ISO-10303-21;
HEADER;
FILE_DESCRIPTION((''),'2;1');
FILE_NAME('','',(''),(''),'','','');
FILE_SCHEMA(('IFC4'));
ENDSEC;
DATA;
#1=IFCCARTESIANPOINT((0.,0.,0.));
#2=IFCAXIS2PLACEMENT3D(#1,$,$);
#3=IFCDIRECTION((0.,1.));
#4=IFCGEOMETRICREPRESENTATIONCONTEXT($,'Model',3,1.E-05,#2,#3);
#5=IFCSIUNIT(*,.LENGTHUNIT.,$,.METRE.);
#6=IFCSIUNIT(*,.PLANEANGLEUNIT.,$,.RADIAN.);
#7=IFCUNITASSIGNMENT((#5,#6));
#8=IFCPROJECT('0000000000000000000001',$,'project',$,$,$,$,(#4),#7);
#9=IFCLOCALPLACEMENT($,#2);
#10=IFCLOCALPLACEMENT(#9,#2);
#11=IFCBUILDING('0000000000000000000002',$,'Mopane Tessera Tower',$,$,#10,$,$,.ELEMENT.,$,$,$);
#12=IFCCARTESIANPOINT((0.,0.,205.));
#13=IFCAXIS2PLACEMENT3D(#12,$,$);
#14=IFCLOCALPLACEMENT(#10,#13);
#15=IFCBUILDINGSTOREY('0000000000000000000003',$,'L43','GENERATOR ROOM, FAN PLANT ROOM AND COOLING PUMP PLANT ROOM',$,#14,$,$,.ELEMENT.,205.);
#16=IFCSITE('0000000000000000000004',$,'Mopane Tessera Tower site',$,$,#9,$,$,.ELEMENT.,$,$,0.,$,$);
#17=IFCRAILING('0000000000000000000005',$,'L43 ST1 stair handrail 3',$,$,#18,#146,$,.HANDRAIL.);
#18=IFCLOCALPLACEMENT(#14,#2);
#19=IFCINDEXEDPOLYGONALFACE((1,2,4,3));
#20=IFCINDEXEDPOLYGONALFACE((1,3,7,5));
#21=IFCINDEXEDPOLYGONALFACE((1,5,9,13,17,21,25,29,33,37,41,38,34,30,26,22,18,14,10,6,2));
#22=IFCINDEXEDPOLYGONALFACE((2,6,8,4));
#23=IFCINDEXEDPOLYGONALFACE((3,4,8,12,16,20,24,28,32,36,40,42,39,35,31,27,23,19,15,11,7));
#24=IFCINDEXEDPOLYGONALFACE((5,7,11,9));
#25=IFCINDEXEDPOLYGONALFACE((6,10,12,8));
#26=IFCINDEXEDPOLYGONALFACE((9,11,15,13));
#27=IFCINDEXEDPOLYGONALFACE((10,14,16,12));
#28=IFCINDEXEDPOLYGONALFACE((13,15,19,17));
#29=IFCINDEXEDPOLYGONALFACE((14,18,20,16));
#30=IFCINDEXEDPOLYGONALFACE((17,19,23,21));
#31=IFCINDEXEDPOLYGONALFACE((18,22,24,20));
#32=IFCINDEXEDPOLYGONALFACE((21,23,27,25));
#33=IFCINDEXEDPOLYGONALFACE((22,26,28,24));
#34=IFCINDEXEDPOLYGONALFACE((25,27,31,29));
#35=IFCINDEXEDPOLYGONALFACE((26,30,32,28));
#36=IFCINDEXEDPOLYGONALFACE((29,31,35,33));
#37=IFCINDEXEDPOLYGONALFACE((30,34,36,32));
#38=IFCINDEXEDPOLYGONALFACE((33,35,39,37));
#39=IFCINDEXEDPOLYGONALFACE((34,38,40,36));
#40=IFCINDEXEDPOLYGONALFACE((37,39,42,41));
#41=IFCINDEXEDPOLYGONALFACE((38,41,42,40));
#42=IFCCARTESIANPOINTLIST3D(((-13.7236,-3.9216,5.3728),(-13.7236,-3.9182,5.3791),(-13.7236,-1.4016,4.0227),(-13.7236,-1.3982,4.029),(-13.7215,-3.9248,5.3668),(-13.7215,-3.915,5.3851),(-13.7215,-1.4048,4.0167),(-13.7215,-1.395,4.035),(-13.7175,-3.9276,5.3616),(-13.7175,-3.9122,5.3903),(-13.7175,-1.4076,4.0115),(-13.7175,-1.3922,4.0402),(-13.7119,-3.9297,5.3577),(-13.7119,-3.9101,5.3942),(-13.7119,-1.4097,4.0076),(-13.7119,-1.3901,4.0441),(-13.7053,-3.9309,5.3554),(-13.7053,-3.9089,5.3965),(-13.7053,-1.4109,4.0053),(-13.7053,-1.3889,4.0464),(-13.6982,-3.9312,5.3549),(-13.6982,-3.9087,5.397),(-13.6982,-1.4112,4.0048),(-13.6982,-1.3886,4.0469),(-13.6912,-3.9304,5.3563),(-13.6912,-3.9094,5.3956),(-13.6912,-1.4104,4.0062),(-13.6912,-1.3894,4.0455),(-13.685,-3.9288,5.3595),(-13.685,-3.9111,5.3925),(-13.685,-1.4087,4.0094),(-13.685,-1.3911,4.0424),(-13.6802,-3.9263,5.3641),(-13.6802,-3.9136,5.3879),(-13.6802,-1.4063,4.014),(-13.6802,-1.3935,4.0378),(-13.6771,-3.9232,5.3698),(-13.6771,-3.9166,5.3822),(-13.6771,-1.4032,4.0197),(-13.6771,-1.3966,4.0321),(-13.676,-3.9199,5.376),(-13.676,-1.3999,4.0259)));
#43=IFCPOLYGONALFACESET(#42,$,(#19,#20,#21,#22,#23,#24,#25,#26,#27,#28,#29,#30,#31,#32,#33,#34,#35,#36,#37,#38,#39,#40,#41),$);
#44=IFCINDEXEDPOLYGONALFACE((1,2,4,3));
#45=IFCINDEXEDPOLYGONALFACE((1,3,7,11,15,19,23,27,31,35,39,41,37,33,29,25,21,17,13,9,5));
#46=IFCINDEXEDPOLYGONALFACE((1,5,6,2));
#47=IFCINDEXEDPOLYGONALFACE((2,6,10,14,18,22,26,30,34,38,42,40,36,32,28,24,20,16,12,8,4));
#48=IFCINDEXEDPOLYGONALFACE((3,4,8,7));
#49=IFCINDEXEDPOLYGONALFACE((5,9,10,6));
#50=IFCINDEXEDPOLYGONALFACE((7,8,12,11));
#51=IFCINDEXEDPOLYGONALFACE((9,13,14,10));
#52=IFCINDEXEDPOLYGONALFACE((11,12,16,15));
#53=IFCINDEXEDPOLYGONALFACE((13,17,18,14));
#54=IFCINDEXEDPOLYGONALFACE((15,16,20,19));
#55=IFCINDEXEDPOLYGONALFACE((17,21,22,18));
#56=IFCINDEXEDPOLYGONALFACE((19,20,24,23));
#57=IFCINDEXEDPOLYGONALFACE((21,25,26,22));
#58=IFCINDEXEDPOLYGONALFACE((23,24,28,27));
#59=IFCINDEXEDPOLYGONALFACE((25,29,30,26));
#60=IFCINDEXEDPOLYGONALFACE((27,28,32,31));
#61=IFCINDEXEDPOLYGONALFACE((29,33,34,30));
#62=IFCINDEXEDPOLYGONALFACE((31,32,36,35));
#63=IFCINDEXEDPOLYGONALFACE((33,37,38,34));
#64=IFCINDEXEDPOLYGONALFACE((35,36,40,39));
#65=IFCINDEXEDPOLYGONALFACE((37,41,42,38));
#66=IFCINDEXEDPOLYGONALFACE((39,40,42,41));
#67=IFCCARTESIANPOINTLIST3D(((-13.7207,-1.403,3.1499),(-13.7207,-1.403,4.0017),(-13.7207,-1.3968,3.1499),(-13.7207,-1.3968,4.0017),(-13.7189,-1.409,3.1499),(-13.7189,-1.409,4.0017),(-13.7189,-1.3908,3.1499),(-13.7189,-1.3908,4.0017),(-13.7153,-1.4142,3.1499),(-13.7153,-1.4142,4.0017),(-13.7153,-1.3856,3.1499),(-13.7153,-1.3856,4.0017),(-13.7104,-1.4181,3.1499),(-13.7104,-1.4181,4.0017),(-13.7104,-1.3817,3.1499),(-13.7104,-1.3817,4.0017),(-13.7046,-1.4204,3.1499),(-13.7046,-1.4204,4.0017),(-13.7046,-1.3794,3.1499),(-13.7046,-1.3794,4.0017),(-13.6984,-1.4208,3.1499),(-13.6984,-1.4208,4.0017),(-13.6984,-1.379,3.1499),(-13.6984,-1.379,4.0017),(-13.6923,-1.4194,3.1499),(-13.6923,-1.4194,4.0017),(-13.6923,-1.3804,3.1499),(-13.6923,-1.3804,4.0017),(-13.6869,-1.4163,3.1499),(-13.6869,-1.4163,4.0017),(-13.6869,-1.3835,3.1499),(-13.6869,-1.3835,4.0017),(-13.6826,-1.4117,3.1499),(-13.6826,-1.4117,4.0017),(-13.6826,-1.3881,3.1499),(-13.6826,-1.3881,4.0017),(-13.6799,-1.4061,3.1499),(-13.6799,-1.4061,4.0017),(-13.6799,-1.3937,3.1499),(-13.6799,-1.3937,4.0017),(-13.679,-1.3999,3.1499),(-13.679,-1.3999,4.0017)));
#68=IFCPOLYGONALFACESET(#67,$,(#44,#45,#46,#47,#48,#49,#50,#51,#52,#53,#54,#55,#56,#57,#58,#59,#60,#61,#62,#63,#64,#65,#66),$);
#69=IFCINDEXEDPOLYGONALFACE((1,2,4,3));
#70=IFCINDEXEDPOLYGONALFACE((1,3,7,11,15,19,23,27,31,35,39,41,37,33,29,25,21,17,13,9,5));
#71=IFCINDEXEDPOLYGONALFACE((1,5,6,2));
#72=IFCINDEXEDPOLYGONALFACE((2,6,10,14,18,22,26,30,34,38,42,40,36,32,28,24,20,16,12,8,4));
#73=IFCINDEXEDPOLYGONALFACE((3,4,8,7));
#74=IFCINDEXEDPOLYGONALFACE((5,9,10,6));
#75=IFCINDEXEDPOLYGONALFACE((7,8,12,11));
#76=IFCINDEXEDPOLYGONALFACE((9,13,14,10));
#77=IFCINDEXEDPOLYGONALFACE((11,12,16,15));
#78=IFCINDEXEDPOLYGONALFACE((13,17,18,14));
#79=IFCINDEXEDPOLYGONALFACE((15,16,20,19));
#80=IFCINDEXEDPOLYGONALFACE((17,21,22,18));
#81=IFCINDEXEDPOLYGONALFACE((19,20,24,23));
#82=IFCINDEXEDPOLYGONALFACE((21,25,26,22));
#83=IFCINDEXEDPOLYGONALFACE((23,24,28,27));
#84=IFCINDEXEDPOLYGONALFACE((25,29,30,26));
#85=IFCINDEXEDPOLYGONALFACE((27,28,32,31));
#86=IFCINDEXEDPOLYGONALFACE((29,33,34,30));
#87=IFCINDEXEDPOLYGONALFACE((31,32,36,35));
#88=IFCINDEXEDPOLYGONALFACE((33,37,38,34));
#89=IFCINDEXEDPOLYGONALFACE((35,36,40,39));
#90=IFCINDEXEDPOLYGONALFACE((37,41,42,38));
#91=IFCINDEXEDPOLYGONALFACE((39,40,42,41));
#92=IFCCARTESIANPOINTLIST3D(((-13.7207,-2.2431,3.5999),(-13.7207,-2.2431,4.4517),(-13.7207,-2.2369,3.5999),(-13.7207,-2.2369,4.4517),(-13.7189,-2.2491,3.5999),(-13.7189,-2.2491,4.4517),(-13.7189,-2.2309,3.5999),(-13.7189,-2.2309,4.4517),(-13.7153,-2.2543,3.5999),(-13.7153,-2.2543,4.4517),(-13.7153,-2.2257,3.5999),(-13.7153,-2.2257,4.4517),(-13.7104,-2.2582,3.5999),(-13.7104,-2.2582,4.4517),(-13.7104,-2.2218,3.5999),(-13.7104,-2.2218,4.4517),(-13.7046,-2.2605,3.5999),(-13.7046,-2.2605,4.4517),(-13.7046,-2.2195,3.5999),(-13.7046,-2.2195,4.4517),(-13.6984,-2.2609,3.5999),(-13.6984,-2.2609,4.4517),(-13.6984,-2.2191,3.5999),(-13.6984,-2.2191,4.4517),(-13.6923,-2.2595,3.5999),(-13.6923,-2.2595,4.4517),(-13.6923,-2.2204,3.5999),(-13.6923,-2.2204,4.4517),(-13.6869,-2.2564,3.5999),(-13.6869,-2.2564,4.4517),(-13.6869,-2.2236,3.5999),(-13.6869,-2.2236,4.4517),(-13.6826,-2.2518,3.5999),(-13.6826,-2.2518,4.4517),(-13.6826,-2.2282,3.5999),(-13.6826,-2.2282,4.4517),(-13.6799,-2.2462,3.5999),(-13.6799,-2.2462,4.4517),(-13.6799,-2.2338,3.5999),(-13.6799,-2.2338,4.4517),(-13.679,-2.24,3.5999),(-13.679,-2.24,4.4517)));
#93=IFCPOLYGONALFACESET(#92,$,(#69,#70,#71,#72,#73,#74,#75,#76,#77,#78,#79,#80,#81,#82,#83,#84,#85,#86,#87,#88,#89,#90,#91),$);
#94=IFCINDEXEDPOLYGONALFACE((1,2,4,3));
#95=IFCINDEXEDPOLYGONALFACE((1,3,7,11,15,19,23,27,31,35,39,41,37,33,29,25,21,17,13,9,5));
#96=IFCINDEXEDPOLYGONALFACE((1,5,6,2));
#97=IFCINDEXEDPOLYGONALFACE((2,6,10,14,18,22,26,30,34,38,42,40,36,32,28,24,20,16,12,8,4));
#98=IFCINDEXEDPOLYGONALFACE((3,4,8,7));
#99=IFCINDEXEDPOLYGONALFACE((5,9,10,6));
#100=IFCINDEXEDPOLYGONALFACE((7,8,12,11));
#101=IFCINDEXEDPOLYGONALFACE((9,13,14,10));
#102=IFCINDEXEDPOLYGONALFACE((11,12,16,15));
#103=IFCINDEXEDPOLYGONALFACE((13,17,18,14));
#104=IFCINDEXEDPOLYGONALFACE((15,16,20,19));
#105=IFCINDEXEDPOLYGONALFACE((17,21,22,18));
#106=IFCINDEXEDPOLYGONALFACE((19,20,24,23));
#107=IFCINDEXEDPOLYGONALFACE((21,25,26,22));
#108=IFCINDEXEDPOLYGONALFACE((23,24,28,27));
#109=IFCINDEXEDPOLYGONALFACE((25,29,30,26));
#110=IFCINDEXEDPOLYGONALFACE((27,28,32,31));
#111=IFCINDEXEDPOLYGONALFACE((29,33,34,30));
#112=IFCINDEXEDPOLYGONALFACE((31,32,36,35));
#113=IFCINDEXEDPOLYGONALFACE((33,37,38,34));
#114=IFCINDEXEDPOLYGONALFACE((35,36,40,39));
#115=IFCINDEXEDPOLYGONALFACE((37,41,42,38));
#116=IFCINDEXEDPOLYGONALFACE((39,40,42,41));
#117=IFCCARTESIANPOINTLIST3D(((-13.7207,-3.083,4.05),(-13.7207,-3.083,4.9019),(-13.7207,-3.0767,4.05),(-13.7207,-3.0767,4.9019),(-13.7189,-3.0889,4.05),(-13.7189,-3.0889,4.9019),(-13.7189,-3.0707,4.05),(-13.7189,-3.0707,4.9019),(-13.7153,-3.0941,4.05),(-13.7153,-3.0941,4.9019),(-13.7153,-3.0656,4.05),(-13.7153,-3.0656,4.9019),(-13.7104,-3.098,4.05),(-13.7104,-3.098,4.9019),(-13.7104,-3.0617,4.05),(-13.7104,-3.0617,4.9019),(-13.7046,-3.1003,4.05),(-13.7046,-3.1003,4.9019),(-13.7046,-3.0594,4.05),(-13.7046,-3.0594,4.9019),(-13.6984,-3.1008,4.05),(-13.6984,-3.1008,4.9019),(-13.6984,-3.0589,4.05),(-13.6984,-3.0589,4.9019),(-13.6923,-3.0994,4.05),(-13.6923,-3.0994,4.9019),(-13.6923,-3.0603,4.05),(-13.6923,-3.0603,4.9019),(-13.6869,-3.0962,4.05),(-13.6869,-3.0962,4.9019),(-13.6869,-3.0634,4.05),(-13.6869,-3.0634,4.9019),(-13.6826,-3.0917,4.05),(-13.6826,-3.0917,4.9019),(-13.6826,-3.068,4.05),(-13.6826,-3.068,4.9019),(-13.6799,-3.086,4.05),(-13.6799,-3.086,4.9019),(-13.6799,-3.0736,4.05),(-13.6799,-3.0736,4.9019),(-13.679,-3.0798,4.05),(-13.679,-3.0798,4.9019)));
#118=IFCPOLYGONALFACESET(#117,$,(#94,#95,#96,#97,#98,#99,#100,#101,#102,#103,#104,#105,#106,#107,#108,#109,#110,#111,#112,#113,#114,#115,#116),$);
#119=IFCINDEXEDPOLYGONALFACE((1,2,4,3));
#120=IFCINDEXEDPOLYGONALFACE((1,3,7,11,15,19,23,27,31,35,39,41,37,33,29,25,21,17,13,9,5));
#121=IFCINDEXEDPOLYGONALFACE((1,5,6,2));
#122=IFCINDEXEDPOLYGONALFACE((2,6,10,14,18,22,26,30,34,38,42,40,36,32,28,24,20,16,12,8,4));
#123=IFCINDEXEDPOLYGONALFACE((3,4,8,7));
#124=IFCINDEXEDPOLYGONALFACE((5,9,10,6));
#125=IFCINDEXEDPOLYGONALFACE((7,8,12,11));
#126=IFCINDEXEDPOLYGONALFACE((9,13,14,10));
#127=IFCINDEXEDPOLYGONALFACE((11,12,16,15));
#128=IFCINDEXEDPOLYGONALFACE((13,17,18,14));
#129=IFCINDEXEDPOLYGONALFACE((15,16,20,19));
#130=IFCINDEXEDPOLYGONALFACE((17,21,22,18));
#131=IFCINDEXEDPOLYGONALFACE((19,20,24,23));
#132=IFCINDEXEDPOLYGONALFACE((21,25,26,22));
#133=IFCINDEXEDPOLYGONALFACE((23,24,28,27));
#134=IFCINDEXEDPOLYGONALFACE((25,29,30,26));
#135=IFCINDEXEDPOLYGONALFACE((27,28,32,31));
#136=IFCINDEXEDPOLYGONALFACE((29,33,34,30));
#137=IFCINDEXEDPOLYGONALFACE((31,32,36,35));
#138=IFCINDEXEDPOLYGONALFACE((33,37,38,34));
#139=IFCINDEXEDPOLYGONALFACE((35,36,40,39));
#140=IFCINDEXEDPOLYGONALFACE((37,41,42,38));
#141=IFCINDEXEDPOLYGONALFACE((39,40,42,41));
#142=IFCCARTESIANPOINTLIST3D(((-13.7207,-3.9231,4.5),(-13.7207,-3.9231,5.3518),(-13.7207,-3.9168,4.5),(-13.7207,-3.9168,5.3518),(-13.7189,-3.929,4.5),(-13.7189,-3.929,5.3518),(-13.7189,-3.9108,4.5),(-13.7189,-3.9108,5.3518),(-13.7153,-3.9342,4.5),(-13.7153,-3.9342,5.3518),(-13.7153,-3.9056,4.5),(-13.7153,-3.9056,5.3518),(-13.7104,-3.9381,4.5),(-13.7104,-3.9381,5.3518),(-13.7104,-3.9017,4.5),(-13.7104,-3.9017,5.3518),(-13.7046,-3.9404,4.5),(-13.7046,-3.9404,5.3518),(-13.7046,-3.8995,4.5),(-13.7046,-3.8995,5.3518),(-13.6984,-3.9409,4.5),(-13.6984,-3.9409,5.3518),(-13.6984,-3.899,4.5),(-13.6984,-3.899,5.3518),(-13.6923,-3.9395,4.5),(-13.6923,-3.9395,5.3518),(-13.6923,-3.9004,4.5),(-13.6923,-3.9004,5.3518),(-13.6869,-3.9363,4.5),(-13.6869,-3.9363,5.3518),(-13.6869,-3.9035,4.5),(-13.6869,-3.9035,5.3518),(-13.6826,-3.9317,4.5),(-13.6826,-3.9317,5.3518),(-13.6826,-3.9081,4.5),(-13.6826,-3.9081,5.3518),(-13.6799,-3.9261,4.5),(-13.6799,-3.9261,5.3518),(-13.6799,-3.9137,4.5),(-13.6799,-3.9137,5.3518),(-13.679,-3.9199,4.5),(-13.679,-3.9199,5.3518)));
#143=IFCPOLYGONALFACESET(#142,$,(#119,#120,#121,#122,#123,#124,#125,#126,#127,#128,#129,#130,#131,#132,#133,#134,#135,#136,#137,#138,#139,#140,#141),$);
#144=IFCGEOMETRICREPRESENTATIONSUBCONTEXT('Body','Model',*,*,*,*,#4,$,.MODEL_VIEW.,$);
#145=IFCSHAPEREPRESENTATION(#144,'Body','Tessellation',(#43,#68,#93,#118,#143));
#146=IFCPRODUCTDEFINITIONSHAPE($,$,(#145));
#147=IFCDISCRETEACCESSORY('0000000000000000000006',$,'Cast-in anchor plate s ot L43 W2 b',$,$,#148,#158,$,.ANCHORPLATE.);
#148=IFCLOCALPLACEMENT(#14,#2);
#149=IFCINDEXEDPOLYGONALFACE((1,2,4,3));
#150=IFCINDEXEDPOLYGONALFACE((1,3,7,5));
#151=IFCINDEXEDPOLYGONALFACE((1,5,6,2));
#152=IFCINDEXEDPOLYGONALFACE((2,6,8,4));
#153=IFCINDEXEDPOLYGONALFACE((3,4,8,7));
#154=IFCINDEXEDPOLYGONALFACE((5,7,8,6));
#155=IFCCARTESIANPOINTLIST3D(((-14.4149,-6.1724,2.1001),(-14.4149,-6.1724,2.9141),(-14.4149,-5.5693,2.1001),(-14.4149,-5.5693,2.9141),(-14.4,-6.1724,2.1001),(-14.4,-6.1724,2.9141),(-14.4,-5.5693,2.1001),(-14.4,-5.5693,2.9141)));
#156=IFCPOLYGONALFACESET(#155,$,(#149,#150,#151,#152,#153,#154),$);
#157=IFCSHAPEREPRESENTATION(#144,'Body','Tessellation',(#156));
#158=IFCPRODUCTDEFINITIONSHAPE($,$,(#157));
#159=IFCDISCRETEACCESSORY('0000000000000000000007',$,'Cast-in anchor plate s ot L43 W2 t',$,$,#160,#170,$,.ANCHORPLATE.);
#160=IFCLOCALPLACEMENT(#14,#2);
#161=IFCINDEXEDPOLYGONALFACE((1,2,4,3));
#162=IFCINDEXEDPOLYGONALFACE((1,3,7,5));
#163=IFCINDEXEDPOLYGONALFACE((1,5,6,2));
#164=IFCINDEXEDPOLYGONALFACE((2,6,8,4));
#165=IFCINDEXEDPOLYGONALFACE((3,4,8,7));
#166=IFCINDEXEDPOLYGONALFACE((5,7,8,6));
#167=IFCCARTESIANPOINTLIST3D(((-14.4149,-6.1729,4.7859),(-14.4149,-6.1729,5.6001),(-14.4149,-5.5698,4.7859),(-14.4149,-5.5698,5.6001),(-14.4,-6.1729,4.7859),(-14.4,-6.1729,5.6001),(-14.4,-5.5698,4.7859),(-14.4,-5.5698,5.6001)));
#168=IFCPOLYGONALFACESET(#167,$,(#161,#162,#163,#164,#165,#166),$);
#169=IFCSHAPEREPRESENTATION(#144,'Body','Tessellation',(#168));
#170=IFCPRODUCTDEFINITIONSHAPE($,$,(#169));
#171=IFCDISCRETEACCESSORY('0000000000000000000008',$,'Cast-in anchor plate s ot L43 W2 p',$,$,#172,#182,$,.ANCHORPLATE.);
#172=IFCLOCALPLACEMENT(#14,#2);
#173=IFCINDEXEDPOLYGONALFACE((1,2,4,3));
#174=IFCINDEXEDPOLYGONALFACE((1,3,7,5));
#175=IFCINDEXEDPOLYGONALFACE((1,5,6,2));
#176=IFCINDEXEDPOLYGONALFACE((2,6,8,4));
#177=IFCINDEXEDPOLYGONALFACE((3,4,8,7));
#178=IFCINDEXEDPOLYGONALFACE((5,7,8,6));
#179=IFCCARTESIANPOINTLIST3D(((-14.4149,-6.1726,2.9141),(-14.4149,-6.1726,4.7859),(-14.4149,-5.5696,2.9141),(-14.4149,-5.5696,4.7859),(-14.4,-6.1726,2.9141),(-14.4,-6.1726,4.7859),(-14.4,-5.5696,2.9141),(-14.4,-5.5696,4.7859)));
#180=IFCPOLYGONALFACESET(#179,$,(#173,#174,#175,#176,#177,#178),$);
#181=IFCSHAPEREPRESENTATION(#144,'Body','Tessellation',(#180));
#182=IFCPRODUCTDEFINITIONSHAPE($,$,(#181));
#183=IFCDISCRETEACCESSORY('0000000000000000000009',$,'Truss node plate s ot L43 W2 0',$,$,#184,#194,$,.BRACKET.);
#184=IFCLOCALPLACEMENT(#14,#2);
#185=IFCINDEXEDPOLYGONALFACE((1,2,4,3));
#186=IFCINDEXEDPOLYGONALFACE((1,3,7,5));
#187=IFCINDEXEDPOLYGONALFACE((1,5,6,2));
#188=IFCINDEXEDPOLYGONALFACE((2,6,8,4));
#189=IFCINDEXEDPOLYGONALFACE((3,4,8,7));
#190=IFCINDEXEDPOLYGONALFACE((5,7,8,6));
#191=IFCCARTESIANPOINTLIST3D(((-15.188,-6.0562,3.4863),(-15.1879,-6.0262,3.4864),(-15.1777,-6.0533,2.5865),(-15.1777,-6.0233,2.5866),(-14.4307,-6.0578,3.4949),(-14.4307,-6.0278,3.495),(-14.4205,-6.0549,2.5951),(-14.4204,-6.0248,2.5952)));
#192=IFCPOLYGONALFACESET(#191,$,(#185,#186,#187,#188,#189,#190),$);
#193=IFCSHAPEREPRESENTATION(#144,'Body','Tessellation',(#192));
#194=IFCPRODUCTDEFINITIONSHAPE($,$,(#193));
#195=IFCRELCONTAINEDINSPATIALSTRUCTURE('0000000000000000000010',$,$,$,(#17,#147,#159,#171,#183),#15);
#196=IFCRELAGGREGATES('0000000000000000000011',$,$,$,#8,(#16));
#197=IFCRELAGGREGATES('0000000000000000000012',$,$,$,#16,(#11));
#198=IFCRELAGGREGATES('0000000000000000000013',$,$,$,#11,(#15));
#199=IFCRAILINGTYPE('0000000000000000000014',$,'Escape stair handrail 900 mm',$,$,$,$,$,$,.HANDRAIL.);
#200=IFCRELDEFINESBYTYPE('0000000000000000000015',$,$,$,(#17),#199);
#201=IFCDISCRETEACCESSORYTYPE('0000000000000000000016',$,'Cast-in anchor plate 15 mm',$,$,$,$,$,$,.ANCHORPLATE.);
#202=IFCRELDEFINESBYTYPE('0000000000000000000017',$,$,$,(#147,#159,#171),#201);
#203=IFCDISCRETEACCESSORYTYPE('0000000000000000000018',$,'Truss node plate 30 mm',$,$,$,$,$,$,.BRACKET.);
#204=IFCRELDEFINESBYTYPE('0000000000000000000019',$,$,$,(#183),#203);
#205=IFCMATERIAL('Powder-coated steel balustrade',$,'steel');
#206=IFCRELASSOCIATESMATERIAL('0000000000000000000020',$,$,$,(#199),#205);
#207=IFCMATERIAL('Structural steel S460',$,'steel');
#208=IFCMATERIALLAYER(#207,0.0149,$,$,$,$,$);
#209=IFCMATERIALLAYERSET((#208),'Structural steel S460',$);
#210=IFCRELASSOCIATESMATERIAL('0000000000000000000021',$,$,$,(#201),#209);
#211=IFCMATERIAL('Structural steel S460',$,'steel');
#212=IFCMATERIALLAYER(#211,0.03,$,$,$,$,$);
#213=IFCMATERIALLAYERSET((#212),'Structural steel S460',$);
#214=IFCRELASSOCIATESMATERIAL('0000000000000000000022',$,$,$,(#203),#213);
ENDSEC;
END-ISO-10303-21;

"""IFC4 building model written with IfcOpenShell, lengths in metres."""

from ifc_helpers import new_model, si_unit, direction, frame, origin, origin_2d, place, context, subcontext, project, spatial, rectangle, circle, extrude, material, layer, layer_set, type_object, element, save


model = new_model("IFC4")

# Units and contexts
model_context = context("Model", 3, precision=1e-05, world=origin(), true_north=direction((0.0, 1.0)))
body_context = subcontext(model_context, "Body", "Model", "MODEL_VIEW")
ifc_project = project(units=[si_unit("LENGTHUNIT", "METRE"), si_unit("PLANEANGLEUNIT", "RADIAN")], contexts=[model_context])

# Site, building, storey
site_placement = place(None, origin())
site = spatial("IfcSite", under=ifc_project, at=site_placement, Name="Mopane Tessera Tower site", CompositionType="ELEMENT", RefElevation=0.0)
building_placement = place(site_placement, origin())
building = spatial("IfcBuilding", under=site, at=building_placement, Name="Mopane Tessera Tower", CompositionType="ELEMENT")
storey_placement = place(building_placement, frame((0.0, 0.0, 205.0)))
storey = spatial("IfcBuildingStorey", under=building, at=storey_placement, Name="L43", Description="GENERATOR ROOM, FAN PLANT ROOM AND COOLING PUMP PLANT ROOM", CompositionType="ELEMENT", Elevation=205.0)

# Railing
ifc_material_1 = material(Name="Powder-coated steel balustrade", Category="steel")
railing_type_1 = type_object("IfcRailingType", Name="Escape stair handrail 900 mm", PredefinedType="HANDRAIL", material=ifc_material_1)
railing_1_placement = place(storey_placement, frame((-13.7, -1.3999, 3.1499)))
element("IfcRailing", 1, at=railing_1_placement, inside=storey, type_object=railing_type_1, Name="L43 ST1 stair handrail 3", PredefinedType="HANDRAIL", context=body_context, shape_type="SweptSolid", body=[
    extrude(circle(Radius=0.0239, at=origin_2d()), frame((0.0, 0.0, 0.876), z_axis=(0.0, -0.881467, 0.472245), x_axis=(1.0, 0.0, 0.0)), (0.0, 0.0, 1.0), 2.8589),
    extrude(circle(Radius=0.021, at=origin_2d()), origin(), (0.0, 0.0, 1.0), 0.8518),
    extrude(circle(Radius=0.021, at=origin_2d()), frame((0.0, -0.8401, 0.45)), (0.0, 0.0, 1.0), 0.8518),
    extrude(circle(Radius=0.021, at=origin_2d()), frame((0.0, -1.6799, 0.9001)), (0.0, 0.0, 1.0), 0.8518),
    extrude(circle(Radius=0.021, at=origin_2d()), frame((0.0, -2.52, 1.3501)), (0.0, 0.0, 1.0), 0.8518),
])

# Discrete accessories
ifc_material_2 = material(Name="Structural steel S460", Category="steel")
ifc_layer_1 = layer(ifc_material_2, 0.0149)
ifc_layer_set_1 = layer_set([ifc_layer_1], Name="Structural steel S460")
discrete_accessory_type_1 = type_object("IfcDiscreteAccessoryType", Name="Cast-in anchor plate 15 mm", PredefinedType="ANCHORPLATE", material=ifc_layer_set_1)
discrete_accessory_1_placement = place(storey_placement, frame((-14.4075, -5.8708, 2.1001), z_axis=(0.0, 0.0, 1.0), x_axis=(-1.0, 0.0, 0.0)))
element("IfcDiscreteAccessory", 2, at=discrete_accessory_1_placement, inside=storey, type_object=discrete_accessory_type_1, Name="Cast-in anchor plate s ot L43 W2 b", PredefinedType="ANCHORPLATE", context=body_context, shape_type="SweptSolid", body=[
    extrude(rectangle(XDim=0.0149, YDim=0.603, at=origin_2d()), origin(), (0.0, 0.0, 1.0), 0.814),
])
discrete_accessory_2_placement = place(storey_placement, frame((-14.4075, -5.8713, 4.7859), z_axis=(0.0, 0.0, 1.0), x_axis=(-1.0, 0.0, 0.0)))
element("IfcDiscreteAccessory", 3, at=discrete_accessory_2_placement, inside=storey, type_object=discrete_accessory_type_1, Name="Cast-in anchor plate s ot L43 W2 t", PredefinedType="ANCHORPLATE", context=body_context, shape_type="SweptSolid", body=[
    extrude(rectangle(XDim=0.0149, YDim=0.603, at=origin_2d()), origin(), (0.0, 0.0, 1.0), 0.8142),
])
discrete_accessory_3_placement = place(storey_placement, frame((-14.4075, -5.8711, 2.9141), z_axis=(0.0, 0.0, 1.0), x_axis=(-1.0, 0.0, 0.0)))
element("IfcDiscreteAccessory", 4, at=discrete_accessory_3_placement, inside=storey, type_object=discrete_accessory_type_1, Name="Cast-in anchor plate s ot L43 W2 p", PredefinedType="ANCHORPLATE", context=body_context, shape_type="SweptSolid", body=[
    extrude(rectangle(XDim=0.0149, YDim=0.603, at=origin_2d()), origin(), (0.0, 0.0, 1.0), 1.8718),
])
ifc_material_3 = material(Name="Structural steel S460", Category="steel")
ifc_layer_2 = layer(ifc_material_3, 0.03)
ifc_layer_set_2 = layer_set([ifc_layer_2], Name="Structural steel S460")
discrete_accessory_type_2 = type_object("IfcDiscreteAccessoryType", Name="Truss node plate 30 mm", PredefinedType="BRACKET", material=ifc_layer_set_2)
discrete_accessory_4_placement = place(storey_placement, frame((-14.7991, -6.0391, 2.5908), z_axis=(-0.011394, -0.003255, 0.99993), x_axis=(-0.002019, -0.999993, -0.003279)))
element("IfcDiscreteAccessory", 5, at=discrete_accessory_4_placement, inside=storey, type_object=discrete_accessory_type_2, Name="Truss node plate s ot L43 W2 0", PredefinedType="BRACKET", context=body_context, shape_type="SweptSolid", body=[
    extrude(rectangle(XDim=0.03, YDim=0.7573, at=origin_2d()), origin(), (0.0, 0.0, 1.0), 0.8999),
])

save(model, "model.ifc")
